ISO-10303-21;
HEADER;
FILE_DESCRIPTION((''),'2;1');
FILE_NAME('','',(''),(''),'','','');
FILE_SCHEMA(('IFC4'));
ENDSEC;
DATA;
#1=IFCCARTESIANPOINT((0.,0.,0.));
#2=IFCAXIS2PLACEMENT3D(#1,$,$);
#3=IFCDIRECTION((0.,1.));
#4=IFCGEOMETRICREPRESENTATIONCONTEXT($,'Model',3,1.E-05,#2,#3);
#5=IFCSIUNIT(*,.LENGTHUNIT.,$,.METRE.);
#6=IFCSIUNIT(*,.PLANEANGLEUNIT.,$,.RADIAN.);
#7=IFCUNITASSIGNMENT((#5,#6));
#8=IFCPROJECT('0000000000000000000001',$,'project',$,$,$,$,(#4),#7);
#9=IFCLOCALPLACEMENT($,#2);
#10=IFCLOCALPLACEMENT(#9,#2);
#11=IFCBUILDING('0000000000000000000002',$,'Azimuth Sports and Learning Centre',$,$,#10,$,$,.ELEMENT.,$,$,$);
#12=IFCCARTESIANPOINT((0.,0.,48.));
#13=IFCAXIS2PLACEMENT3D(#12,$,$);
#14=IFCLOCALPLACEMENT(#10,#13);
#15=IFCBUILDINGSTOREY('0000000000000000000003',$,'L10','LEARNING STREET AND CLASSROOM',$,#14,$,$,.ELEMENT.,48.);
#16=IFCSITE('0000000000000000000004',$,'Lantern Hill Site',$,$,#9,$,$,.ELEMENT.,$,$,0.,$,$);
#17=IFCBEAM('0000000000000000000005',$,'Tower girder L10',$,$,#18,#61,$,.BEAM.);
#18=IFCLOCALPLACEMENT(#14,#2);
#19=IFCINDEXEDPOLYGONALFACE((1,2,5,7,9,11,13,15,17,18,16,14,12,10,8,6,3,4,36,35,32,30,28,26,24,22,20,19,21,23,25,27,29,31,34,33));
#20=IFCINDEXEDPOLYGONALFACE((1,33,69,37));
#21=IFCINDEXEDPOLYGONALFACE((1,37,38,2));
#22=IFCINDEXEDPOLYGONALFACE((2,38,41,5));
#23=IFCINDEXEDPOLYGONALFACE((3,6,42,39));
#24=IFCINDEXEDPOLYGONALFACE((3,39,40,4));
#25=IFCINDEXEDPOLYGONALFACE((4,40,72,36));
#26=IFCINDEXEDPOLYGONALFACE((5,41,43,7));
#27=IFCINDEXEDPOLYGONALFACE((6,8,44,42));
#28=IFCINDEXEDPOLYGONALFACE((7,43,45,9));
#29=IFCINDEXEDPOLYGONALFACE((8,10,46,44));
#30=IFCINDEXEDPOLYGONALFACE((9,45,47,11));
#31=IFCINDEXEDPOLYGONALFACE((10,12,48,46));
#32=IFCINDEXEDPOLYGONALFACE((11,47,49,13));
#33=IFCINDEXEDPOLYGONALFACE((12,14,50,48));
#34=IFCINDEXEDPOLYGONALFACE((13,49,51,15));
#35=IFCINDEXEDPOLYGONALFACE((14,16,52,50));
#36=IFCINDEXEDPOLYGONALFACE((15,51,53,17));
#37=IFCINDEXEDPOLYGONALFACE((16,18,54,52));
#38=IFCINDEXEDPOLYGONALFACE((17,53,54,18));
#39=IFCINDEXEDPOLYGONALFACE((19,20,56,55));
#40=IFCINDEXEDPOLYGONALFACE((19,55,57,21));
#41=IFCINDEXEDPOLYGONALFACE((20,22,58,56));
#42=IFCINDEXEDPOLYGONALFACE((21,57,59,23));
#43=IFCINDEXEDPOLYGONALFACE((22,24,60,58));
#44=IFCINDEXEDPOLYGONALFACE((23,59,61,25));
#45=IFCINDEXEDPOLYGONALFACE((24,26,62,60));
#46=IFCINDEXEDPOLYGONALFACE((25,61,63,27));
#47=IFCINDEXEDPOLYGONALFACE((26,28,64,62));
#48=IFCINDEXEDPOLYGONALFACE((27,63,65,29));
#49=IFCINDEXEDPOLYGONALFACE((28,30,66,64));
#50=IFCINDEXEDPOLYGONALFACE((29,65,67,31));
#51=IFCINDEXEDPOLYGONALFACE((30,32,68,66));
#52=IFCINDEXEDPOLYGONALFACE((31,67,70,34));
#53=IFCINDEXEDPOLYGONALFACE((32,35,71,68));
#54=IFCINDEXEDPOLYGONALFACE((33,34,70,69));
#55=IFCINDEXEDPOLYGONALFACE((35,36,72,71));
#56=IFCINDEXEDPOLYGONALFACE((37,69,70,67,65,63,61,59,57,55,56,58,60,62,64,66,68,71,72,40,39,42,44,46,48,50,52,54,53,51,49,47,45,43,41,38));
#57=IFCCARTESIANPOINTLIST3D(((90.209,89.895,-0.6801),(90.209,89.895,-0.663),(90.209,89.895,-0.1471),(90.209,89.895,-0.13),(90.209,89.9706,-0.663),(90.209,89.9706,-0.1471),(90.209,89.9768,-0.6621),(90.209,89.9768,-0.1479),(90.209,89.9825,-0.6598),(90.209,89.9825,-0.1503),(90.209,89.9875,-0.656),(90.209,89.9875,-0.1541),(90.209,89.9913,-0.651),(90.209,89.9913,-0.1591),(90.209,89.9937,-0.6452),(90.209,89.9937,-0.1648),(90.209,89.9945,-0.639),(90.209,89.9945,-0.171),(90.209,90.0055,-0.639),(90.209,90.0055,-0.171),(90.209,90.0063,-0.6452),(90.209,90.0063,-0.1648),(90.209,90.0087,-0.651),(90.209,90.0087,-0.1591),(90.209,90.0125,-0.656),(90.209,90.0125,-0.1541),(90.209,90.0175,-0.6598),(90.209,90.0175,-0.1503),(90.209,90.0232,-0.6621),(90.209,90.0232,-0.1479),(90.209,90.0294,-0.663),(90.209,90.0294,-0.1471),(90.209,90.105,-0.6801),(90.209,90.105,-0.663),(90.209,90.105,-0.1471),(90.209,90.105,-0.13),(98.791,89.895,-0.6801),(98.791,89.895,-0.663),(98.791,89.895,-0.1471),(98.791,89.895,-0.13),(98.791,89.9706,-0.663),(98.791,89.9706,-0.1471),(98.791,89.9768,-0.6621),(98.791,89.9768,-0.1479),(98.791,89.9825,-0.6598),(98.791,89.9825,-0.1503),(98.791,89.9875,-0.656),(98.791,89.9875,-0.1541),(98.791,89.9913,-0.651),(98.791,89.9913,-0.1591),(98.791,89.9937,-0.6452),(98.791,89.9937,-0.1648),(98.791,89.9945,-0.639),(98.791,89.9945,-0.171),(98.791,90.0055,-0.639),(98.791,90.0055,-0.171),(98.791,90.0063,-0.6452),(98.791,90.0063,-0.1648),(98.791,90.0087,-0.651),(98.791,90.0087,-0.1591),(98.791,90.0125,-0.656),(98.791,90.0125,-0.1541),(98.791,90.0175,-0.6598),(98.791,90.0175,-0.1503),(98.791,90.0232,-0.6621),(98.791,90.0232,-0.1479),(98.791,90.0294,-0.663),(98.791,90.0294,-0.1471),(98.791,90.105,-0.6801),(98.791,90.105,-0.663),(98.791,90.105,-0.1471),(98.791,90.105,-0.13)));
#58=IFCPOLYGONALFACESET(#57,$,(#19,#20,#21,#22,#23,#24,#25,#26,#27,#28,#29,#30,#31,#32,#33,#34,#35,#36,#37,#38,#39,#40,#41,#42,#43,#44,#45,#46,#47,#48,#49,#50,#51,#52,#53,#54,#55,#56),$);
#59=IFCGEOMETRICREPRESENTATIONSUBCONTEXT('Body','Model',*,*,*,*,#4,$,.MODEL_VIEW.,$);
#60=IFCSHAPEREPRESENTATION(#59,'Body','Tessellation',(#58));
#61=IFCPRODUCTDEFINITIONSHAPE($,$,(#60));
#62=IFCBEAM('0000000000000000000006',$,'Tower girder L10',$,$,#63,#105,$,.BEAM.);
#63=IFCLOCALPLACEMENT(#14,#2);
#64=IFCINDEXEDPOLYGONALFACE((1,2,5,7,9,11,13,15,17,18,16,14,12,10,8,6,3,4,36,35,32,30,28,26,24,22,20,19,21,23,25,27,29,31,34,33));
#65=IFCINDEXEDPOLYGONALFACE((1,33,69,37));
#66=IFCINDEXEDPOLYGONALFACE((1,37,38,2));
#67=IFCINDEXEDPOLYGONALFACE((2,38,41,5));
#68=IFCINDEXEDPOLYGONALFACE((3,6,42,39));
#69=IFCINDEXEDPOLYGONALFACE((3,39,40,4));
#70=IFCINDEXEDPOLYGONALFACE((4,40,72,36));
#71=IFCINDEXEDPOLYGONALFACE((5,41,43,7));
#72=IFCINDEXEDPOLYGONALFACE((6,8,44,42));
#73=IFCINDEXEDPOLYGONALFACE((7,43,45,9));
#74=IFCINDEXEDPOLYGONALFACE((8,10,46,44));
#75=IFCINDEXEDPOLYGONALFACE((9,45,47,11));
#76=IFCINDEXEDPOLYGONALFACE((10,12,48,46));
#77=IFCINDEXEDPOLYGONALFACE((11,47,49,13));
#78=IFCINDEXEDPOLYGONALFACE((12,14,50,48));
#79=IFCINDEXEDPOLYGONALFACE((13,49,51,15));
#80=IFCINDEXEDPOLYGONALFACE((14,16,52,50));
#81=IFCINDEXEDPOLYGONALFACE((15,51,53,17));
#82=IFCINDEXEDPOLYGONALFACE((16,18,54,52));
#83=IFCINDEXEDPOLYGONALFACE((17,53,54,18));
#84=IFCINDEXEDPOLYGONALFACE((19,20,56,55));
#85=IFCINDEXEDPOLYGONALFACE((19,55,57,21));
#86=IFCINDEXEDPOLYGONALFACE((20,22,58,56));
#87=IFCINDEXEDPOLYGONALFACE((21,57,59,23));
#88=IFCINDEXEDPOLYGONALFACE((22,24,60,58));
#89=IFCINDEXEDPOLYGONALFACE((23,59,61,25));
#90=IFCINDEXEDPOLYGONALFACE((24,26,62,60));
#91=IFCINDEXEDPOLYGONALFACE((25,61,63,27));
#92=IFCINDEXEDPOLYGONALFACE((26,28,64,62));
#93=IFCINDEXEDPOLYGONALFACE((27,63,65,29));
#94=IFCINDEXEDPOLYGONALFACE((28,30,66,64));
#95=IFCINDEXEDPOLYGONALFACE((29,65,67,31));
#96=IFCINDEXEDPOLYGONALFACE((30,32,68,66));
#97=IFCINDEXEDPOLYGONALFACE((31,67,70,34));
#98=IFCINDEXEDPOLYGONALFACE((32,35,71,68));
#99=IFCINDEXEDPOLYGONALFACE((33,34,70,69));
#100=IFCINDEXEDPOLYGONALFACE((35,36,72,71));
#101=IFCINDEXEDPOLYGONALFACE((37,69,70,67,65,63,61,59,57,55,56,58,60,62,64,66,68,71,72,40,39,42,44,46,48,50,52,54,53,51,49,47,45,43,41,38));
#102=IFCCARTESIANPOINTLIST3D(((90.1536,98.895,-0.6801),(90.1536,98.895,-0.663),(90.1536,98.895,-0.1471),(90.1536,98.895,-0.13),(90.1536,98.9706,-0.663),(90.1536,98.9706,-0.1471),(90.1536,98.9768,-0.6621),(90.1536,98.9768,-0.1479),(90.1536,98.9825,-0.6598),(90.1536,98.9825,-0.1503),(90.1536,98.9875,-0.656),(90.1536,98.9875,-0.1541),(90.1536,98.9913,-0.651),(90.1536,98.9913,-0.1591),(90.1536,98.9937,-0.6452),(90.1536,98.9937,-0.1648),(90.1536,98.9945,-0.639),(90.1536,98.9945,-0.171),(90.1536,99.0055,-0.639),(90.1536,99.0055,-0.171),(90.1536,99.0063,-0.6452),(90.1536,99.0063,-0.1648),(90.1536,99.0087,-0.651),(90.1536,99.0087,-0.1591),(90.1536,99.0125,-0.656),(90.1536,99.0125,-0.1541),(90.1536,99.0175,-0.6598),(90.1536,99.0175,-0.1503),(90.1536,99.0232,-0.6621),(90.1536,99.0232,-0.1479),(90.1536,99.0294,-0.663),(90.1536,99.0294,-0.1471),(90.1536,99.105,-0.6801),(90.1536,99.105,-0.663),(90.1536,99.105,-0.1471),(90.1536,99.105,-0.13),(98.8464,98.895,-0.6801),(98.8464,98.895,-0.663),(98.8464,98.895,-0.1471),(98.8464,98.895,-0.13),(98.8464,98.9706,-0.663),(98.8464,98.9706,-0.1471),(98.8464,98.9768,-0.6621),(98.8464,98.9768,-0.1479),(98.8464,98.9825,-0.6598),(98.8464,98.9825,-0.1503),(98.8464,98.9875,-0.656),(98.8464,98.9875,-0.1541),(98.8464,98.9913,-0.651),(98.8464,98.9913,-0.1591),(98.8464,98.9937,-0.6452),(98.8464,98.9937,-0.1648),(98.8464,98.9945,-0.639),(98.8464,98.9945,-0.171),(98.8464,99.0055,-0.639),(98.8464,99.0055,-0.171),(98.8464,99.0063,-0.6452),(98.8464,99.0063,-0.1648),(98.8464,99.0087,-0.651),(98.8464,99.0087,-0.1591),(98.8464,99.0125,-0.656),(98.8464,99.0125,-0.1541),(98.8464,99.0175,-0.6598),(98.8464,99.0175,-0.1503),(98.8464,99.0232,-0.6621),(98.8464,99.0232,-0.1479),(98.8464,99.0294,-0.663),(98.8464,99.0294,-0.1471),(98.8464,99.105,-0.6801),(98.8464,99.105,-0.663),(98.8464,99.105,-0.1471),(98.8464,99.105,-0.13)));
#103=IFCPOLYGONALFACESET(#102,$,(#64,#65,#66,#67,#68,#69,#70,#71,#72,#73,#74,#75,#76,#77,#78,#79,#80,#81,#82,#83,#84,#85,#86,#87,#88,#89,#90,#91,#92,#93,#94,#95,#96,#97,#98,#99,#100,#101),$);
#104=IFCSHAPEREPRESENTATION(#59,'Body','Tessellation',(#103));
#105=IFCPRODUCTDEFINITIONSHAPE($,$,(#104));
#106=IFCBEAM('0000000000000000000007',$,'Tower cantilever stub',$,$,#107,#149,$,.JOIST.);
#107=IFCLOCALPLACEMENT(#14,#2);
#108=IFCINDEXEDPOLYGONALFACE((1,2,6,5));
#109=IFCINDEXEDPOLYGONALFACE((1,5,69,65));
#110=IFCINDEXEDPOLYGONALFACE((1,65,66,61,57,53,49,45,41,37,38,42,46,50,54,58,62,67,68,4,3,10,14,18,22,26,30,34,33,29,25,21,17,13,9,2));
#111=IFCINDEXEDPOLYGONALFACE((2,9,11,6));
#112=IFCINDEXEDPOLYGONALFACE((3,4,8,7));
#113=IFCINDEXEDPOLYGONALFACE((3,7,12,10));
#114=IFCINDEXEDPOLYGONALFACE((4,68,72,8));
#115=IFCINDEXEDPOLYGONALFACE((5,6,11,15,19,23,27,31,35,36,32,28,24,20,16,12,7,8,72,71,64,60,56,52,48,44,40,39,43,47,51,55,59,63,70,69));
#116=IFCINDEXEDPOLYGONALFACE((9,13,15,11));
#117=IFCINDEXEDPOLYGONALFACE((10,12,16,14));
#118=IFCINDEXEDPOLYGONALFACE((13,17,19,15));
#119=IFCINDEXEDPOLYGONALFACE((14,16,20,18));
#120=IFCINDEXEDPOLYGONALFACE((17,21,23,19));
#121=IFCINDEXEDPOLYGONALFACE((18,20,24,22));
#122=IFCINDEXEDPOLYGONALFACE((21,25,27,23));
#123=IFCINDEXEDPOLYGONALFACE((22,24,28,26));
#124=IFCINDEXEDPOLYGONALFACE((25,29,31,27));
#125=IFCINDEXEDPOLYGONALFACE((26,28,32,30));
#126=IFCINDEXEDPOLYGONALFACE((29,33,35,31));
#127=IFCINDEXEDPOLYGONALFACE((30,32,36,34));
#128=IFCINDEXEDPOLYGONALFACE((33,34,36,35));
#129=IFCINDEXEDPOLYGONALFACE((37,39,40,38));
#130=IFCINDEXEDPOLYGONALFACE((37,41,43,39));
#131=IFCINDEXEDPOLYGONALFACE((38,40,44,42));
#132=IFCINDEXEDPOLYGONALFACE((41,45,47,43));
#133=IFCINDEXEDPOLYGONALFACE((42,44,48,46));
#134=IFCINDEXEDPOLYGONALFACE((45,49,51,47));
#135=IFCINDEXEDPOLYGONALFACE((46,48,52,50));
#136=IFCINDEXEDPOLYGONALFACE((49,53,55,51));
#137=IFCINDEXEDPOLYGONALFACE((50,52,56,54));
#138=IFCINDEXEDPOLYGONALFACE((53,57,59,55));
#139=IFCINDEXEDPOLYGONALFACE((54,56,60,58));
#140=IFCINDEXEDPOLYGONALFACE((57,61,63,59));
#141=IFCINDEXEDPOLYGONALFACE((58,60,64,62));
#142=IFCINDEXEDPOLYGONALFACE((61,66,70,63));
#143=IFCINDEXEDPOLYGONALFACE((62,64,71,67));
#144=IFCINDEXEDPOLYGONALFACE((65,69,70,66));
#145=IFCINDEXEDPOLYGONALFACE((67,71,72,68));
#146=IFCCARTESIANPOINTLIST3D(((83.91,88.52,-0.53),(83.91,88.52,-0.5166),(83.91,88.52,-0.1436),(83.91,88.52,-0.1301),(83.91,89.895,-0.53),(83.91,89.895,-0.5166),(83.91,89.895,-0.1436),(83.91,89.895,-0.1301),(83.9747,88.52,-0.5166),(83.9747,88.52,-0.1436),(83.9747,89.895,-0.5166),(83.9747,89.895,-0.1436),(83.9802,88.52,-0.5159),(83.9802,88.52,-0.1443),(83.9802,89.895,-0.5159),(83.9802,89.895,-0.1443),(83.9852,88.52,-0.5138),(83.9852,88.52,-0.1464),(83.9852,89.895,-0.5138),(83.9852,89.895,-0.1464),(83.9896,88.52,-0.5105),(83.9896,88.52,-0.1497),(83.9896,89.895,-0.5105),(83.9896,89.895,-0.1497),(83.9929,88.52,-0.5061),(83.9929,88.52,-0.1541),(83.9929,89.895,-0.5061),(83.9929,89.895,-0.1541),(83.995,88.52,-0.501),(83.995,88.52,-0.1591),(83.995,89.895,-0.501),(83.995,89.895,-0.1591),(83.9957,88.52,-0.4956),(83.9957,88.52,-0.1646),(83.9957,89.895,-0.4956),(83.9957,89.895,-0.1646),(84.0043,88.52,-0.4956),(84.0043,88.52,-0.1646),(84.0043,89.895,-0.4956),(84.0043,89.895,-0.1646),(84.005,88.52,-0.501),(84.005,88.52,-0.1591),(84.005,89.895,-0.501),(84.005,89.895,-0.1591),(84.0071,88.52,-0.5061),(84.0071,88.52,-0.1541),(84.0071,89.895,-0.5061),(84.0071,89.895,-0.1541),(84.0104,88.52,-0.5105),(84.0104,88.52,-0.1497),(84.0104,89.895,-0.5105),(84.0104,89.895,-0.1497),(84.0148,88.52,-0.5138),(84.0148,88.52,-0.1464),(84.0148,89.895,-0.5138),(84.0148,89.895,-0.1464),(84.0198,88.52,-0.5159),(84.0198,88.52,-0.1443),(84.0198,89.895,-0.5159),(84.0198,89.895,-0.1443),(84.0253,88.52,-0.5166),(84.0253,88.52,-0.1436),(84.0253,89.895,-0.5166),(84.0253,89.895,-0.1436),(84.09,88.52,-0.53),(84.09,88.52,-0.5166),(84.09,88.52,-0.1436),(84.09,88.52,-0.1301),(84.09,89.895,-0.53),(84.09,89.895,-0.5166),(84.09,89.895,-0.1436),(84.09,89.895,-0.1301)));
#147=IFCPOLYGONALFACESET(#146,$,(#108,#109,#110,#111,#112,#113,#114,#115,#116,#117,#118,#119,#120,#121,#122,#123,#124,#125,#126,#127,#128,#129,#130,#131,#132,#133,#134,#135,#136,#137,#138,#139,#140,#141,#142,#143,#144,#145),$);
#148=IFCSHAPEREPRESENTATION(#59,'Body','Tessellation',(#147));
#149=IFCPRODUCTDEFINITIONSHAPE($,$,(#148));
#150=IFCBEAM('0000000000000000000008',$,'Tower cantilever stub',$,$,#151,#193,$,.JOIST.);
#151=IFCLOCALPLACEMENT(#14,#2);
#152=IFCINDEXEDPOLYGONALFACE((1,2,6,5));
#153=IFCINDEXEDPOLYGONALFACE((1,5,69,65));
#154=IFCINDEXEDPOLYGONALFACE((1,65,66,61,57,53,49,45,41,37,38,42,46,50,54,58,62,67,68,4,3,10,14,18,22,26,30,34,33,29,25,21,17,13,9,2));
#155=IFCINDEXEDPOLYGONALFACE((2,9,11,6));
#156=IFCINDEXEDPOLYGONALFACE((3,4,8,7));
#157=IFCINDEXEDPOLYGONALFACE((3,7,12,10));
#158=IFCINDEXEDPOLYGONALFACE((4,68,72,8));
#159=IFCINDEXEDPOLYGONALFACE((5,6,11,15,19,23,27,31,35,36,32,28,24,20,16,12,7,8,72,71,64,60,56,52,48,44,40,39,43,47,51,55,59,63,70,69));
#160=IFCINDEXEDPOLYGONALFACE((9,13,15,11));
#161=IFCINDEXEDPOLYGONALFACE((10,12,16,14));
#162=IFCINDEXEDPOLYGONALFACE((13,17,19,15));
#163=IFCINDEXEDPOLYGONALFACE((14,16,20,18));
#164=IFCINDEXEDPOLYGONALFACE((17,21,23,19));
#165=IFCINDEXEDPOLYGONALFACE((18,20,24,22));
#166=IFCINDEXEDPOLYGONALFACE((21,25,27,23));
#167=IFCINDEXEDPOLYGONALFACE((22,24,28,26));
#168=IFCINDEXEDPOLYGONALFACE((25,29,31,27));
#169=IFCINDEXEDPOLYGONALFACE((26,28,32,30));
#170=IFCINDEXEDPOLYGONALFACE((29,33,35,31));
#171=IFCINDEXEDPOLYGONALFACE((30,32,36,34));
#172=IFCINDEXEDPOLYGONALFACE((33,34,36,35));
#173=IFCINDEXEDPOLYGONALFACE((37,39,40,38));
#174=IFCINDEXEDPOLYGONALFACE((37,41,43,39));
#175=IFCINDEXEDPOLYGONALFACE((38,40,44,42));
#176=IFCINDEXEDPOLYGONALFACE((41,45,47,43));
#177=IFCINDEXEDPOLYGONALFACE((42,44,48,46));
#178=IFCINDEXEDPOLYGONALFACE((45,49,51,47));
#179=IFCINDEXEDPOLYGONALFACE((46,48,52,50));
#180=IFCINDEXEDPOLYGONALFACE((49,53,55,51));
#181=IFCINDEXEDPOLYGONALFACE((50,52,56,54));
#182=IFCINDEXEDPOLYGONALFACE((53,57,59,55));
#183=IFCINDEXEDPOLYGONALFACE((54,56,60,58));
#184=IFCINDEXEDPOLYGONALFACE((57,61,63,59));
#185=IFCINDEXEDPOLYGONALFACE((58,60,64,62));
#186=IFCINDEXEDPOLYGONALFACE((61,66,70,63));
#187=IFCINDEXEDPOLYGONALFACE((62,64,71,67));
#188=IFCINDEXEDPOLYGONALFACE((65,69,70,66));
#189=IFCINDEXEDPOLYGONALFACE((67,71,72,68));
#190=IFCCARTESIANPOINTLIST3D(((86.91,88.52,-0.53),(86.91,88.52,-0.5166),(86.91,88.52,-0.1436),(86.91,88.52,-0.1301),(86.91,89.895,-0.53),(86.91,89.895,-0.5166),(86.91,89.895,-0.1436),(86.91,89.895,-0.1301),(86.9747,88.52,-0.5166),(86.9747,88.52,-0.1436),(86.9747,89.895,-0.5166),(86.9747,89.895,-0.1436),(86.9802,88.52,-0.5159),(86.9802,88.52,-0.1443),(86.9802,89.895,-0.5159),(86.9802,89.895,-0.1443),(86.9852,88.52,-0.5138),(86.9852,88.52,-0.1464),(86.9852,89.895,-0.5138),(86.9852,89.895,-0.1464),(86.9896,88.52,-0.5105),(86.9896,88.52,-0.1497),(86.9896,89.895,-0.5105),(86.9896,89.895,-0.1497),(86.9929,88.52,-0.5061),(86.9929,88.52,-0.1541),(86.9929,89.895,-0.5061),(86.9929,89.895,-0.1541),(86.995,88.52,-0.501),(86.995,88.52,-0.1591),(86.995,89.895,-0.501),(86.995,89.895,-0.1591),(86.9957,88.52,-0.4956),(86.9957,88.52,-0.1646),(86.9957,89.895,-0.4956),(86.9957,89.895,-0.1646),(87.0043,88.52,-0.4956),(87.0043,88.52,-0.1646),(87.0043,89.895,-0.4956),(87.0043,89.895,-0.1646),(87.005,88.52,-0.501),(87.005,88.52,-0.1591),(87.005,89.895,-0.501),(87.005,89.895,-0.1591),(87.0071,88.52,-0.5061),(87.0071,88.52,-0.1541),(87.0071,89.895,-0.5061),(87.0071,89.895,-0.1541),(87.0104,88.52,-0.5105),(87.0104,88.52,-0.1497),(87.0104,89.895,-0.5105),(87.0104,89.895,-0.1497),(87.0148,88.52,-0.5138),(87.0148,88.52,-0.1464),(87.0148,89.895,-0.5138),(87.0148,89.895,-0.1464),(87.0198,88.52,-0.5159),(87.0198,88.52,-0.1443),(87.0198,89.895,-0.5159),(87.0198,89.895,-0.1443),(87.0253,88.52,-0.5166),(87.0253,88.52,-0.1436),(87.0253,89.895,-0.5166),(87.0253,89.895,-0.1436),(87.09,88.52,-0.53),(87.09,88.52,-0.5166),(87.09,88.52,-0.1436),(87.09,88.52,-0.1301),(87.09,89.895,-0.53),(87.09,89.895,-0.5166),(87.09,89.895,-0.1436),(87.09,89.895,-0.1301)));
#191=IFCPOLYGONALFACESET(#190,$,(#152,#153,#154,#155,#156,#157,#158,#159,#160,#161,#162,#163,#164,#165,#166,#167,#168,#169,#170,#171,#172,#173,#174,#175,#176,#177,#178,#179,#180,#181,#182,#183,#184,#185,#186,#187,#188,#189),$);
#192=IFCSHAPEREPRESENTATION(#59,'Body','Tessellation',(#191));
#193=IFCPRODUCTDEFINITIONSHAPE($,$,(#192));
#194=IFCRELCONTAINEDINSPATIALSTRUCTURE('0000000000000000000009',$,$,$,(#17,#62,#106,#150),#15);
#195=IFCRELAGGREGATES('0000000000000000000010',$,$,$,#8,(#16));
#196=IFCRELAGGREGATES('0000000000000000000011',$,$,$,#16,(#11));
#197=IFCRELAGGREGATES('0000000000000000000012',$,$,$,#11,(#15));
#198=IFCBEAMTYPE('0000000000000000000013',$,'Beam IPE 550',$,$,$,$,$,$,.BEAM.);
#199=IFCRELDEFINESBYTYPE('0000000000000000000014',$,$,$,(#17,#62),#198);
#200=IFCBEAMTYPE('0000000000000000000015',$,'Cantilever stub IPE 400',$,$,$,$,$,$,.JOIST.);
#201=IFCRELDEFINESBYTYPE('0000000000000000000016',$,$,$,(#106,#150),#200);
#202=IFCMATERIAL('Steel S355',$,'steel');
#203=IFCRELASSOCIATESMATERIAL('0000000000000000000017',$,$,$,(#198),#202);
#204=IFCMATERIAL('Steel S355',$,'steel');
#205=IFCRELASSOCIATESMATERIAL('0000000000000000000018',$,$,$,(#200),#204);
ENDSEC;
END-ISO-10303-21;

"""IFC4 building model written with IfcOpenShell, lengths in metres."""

from ifc_helpers import new_model, si_unit, direction, frame, origin, origin_2d, place, context, subcontext, project, spatial, i_section, extrude, material, material_profile, profile_set, type_object, element, save


model = new_model("IFC4")

# Units and contexts
model_context = context("Model", 3, precision=1e-05, world=origin(), true_north=direction((0.0, 1.0)))
body_context = subcontext(model_context, "Body", "Model", "MODEL_VIEW")
ifc_project = project(units=[si_unit("LENGTHUNIT", "METRE"), si_unit("PLANEANGLEUNIT", "RADIAN")], contexts=[model_context])

# Site, building, storey
site_placement = place(None, origin())
site = spatial("IfcSite", under=ifc_project, at=site_placement, Name="Lantern Hill Site", CompositionType="ELEMENT", RefElevation=0.0)
building_placement = place(site_placement, origin())
building = spatial("IfcBuilding", under=site, at=building_placement, Name="Azimuth Sports and Learning Centre", CompositionType="ELEMENT")
storey_placement = place(building_placement, frame((0.0, 0.0, 48.0)))
storey = spatial("IfcBuildingStorey", under=building, at=storey_placement, Name="L10", Description="LEARNING STREET AND CLASSROOM", CompositionType="ELEMENT", Elevation=48.0)

# Beams
ifc_material_1 = material(Name="Steel S355", Category="steel")
ifc_material_profile_1 = material_profile(ifc_material_1, i_section(OverallWidth=0.21, OverallDepth=0.55, WebThickness=0.011, FlangeThickness=0.0171, FilletRadius=0.0239, at=origin_2d()), Name="IPE 550")
ifc_profile_set_1 = profile_set([ifc_material_profile_1], Name="Steel S355")
beam_type_1 = type_object("IfcBeamType", Name="Beam IPE 550", PredefinedType="BEAM", material=ifc_profile_set_1)
beam_1_placement = place(storey_placement, frame((90.209, 90.0, -0.405), z_axis=(1.0, 0.0, 0.0), x_axis=(0.0, 1.0, 0.0)))
element("IfcBeam", 1, at=beam_1_placement, inside=storey, type_object=beam_type_1, Name="Tower girder L10", PredefinedType="BEAM", context=body_context, shape_type="SweptSolid", body=[
    extrude(i_section(OverallWidth=0.21, OverallDepth=0.55, WebThickness=0.011, FlangeThickness=0.0171, FilletRadius=0.0239, at=origin_2d()), origin(), (0.0, 0.0, 1.0), 8.582),
])
beam_2_placement = place(storey_placement, frame((90.1536, 99.0, -0.405), z_axis=(1.0, 0.0, 0.0), x_axis=(0.0, 1.0, 0.0)))
element("IfcBeam", 2, at=beam_2_placement, inside=storey, type_object=beam_type_1, Name="Tower girder L10", PredefinedType="BEAM", context=body_context, shape_type="SweptSolid", body=[
    extrude(i_section(OverallWidth=0.21, OverallDepth=0.55, WebThickness=0.011, FlangeThickness=0.0171, FilletRadius=0.0239, at=origin_2d()), origin(), (0.0, 0.0, 1.0), 8.6929),
])
ifc_material_2 = material(Name="Steel S355", Category="steel")
ifc_material_profile_2 = material_profile(ifc_material_2, i_section(OverallWidth=0.1799, OverallDepth=0.3999, WebThickness=0.0085, FlangeThickness=0.0134, FilletRadius=0.021, at=origin_2d()), Name="IPE 400")
ifc_profile_set_2 = profile_set([ifc_material_profile_2], Name="Steel S355")
beam_type_2 = type_object("IfcBeamType", Name="Cantilever stub IPE 400", PredefinedType="JOIST", material=ifc_profile_set_2)
for number, where, z_axis, x_axis, name in (
    (3, (84.0, 89.895, -0.3301), (0.0, -1.0, 0.0), (1.0, 0.0, 0.0), "Tower cantilever stub"),
    (4, (87.0, 89.895, -0.3301), (0.0, -1.0, 0.0), (1.0, 0.0, 0.0), "Tower cantilever stub"),
):
    element("IfcBeam", number, at=place(storey_placement, frame(where, z_axis=z_axis, x_axis=x_axis)), inside=storey, type_object=beam_type_2, Name=name, PredefinedType="JOIST", context=body_context, shape_type="SweptSolid", body=[
        extrude(i_section(OverallWidth=0.1799, OverallDepth=0.3999, WebThickness=0.0085, FlangeThickness=0.0134, FilletRadius=0.021, at=origin_2d()), origin(), (0.0, 0.0, 1.0), 1.375),
    ])

save(model, "model.ifc")
